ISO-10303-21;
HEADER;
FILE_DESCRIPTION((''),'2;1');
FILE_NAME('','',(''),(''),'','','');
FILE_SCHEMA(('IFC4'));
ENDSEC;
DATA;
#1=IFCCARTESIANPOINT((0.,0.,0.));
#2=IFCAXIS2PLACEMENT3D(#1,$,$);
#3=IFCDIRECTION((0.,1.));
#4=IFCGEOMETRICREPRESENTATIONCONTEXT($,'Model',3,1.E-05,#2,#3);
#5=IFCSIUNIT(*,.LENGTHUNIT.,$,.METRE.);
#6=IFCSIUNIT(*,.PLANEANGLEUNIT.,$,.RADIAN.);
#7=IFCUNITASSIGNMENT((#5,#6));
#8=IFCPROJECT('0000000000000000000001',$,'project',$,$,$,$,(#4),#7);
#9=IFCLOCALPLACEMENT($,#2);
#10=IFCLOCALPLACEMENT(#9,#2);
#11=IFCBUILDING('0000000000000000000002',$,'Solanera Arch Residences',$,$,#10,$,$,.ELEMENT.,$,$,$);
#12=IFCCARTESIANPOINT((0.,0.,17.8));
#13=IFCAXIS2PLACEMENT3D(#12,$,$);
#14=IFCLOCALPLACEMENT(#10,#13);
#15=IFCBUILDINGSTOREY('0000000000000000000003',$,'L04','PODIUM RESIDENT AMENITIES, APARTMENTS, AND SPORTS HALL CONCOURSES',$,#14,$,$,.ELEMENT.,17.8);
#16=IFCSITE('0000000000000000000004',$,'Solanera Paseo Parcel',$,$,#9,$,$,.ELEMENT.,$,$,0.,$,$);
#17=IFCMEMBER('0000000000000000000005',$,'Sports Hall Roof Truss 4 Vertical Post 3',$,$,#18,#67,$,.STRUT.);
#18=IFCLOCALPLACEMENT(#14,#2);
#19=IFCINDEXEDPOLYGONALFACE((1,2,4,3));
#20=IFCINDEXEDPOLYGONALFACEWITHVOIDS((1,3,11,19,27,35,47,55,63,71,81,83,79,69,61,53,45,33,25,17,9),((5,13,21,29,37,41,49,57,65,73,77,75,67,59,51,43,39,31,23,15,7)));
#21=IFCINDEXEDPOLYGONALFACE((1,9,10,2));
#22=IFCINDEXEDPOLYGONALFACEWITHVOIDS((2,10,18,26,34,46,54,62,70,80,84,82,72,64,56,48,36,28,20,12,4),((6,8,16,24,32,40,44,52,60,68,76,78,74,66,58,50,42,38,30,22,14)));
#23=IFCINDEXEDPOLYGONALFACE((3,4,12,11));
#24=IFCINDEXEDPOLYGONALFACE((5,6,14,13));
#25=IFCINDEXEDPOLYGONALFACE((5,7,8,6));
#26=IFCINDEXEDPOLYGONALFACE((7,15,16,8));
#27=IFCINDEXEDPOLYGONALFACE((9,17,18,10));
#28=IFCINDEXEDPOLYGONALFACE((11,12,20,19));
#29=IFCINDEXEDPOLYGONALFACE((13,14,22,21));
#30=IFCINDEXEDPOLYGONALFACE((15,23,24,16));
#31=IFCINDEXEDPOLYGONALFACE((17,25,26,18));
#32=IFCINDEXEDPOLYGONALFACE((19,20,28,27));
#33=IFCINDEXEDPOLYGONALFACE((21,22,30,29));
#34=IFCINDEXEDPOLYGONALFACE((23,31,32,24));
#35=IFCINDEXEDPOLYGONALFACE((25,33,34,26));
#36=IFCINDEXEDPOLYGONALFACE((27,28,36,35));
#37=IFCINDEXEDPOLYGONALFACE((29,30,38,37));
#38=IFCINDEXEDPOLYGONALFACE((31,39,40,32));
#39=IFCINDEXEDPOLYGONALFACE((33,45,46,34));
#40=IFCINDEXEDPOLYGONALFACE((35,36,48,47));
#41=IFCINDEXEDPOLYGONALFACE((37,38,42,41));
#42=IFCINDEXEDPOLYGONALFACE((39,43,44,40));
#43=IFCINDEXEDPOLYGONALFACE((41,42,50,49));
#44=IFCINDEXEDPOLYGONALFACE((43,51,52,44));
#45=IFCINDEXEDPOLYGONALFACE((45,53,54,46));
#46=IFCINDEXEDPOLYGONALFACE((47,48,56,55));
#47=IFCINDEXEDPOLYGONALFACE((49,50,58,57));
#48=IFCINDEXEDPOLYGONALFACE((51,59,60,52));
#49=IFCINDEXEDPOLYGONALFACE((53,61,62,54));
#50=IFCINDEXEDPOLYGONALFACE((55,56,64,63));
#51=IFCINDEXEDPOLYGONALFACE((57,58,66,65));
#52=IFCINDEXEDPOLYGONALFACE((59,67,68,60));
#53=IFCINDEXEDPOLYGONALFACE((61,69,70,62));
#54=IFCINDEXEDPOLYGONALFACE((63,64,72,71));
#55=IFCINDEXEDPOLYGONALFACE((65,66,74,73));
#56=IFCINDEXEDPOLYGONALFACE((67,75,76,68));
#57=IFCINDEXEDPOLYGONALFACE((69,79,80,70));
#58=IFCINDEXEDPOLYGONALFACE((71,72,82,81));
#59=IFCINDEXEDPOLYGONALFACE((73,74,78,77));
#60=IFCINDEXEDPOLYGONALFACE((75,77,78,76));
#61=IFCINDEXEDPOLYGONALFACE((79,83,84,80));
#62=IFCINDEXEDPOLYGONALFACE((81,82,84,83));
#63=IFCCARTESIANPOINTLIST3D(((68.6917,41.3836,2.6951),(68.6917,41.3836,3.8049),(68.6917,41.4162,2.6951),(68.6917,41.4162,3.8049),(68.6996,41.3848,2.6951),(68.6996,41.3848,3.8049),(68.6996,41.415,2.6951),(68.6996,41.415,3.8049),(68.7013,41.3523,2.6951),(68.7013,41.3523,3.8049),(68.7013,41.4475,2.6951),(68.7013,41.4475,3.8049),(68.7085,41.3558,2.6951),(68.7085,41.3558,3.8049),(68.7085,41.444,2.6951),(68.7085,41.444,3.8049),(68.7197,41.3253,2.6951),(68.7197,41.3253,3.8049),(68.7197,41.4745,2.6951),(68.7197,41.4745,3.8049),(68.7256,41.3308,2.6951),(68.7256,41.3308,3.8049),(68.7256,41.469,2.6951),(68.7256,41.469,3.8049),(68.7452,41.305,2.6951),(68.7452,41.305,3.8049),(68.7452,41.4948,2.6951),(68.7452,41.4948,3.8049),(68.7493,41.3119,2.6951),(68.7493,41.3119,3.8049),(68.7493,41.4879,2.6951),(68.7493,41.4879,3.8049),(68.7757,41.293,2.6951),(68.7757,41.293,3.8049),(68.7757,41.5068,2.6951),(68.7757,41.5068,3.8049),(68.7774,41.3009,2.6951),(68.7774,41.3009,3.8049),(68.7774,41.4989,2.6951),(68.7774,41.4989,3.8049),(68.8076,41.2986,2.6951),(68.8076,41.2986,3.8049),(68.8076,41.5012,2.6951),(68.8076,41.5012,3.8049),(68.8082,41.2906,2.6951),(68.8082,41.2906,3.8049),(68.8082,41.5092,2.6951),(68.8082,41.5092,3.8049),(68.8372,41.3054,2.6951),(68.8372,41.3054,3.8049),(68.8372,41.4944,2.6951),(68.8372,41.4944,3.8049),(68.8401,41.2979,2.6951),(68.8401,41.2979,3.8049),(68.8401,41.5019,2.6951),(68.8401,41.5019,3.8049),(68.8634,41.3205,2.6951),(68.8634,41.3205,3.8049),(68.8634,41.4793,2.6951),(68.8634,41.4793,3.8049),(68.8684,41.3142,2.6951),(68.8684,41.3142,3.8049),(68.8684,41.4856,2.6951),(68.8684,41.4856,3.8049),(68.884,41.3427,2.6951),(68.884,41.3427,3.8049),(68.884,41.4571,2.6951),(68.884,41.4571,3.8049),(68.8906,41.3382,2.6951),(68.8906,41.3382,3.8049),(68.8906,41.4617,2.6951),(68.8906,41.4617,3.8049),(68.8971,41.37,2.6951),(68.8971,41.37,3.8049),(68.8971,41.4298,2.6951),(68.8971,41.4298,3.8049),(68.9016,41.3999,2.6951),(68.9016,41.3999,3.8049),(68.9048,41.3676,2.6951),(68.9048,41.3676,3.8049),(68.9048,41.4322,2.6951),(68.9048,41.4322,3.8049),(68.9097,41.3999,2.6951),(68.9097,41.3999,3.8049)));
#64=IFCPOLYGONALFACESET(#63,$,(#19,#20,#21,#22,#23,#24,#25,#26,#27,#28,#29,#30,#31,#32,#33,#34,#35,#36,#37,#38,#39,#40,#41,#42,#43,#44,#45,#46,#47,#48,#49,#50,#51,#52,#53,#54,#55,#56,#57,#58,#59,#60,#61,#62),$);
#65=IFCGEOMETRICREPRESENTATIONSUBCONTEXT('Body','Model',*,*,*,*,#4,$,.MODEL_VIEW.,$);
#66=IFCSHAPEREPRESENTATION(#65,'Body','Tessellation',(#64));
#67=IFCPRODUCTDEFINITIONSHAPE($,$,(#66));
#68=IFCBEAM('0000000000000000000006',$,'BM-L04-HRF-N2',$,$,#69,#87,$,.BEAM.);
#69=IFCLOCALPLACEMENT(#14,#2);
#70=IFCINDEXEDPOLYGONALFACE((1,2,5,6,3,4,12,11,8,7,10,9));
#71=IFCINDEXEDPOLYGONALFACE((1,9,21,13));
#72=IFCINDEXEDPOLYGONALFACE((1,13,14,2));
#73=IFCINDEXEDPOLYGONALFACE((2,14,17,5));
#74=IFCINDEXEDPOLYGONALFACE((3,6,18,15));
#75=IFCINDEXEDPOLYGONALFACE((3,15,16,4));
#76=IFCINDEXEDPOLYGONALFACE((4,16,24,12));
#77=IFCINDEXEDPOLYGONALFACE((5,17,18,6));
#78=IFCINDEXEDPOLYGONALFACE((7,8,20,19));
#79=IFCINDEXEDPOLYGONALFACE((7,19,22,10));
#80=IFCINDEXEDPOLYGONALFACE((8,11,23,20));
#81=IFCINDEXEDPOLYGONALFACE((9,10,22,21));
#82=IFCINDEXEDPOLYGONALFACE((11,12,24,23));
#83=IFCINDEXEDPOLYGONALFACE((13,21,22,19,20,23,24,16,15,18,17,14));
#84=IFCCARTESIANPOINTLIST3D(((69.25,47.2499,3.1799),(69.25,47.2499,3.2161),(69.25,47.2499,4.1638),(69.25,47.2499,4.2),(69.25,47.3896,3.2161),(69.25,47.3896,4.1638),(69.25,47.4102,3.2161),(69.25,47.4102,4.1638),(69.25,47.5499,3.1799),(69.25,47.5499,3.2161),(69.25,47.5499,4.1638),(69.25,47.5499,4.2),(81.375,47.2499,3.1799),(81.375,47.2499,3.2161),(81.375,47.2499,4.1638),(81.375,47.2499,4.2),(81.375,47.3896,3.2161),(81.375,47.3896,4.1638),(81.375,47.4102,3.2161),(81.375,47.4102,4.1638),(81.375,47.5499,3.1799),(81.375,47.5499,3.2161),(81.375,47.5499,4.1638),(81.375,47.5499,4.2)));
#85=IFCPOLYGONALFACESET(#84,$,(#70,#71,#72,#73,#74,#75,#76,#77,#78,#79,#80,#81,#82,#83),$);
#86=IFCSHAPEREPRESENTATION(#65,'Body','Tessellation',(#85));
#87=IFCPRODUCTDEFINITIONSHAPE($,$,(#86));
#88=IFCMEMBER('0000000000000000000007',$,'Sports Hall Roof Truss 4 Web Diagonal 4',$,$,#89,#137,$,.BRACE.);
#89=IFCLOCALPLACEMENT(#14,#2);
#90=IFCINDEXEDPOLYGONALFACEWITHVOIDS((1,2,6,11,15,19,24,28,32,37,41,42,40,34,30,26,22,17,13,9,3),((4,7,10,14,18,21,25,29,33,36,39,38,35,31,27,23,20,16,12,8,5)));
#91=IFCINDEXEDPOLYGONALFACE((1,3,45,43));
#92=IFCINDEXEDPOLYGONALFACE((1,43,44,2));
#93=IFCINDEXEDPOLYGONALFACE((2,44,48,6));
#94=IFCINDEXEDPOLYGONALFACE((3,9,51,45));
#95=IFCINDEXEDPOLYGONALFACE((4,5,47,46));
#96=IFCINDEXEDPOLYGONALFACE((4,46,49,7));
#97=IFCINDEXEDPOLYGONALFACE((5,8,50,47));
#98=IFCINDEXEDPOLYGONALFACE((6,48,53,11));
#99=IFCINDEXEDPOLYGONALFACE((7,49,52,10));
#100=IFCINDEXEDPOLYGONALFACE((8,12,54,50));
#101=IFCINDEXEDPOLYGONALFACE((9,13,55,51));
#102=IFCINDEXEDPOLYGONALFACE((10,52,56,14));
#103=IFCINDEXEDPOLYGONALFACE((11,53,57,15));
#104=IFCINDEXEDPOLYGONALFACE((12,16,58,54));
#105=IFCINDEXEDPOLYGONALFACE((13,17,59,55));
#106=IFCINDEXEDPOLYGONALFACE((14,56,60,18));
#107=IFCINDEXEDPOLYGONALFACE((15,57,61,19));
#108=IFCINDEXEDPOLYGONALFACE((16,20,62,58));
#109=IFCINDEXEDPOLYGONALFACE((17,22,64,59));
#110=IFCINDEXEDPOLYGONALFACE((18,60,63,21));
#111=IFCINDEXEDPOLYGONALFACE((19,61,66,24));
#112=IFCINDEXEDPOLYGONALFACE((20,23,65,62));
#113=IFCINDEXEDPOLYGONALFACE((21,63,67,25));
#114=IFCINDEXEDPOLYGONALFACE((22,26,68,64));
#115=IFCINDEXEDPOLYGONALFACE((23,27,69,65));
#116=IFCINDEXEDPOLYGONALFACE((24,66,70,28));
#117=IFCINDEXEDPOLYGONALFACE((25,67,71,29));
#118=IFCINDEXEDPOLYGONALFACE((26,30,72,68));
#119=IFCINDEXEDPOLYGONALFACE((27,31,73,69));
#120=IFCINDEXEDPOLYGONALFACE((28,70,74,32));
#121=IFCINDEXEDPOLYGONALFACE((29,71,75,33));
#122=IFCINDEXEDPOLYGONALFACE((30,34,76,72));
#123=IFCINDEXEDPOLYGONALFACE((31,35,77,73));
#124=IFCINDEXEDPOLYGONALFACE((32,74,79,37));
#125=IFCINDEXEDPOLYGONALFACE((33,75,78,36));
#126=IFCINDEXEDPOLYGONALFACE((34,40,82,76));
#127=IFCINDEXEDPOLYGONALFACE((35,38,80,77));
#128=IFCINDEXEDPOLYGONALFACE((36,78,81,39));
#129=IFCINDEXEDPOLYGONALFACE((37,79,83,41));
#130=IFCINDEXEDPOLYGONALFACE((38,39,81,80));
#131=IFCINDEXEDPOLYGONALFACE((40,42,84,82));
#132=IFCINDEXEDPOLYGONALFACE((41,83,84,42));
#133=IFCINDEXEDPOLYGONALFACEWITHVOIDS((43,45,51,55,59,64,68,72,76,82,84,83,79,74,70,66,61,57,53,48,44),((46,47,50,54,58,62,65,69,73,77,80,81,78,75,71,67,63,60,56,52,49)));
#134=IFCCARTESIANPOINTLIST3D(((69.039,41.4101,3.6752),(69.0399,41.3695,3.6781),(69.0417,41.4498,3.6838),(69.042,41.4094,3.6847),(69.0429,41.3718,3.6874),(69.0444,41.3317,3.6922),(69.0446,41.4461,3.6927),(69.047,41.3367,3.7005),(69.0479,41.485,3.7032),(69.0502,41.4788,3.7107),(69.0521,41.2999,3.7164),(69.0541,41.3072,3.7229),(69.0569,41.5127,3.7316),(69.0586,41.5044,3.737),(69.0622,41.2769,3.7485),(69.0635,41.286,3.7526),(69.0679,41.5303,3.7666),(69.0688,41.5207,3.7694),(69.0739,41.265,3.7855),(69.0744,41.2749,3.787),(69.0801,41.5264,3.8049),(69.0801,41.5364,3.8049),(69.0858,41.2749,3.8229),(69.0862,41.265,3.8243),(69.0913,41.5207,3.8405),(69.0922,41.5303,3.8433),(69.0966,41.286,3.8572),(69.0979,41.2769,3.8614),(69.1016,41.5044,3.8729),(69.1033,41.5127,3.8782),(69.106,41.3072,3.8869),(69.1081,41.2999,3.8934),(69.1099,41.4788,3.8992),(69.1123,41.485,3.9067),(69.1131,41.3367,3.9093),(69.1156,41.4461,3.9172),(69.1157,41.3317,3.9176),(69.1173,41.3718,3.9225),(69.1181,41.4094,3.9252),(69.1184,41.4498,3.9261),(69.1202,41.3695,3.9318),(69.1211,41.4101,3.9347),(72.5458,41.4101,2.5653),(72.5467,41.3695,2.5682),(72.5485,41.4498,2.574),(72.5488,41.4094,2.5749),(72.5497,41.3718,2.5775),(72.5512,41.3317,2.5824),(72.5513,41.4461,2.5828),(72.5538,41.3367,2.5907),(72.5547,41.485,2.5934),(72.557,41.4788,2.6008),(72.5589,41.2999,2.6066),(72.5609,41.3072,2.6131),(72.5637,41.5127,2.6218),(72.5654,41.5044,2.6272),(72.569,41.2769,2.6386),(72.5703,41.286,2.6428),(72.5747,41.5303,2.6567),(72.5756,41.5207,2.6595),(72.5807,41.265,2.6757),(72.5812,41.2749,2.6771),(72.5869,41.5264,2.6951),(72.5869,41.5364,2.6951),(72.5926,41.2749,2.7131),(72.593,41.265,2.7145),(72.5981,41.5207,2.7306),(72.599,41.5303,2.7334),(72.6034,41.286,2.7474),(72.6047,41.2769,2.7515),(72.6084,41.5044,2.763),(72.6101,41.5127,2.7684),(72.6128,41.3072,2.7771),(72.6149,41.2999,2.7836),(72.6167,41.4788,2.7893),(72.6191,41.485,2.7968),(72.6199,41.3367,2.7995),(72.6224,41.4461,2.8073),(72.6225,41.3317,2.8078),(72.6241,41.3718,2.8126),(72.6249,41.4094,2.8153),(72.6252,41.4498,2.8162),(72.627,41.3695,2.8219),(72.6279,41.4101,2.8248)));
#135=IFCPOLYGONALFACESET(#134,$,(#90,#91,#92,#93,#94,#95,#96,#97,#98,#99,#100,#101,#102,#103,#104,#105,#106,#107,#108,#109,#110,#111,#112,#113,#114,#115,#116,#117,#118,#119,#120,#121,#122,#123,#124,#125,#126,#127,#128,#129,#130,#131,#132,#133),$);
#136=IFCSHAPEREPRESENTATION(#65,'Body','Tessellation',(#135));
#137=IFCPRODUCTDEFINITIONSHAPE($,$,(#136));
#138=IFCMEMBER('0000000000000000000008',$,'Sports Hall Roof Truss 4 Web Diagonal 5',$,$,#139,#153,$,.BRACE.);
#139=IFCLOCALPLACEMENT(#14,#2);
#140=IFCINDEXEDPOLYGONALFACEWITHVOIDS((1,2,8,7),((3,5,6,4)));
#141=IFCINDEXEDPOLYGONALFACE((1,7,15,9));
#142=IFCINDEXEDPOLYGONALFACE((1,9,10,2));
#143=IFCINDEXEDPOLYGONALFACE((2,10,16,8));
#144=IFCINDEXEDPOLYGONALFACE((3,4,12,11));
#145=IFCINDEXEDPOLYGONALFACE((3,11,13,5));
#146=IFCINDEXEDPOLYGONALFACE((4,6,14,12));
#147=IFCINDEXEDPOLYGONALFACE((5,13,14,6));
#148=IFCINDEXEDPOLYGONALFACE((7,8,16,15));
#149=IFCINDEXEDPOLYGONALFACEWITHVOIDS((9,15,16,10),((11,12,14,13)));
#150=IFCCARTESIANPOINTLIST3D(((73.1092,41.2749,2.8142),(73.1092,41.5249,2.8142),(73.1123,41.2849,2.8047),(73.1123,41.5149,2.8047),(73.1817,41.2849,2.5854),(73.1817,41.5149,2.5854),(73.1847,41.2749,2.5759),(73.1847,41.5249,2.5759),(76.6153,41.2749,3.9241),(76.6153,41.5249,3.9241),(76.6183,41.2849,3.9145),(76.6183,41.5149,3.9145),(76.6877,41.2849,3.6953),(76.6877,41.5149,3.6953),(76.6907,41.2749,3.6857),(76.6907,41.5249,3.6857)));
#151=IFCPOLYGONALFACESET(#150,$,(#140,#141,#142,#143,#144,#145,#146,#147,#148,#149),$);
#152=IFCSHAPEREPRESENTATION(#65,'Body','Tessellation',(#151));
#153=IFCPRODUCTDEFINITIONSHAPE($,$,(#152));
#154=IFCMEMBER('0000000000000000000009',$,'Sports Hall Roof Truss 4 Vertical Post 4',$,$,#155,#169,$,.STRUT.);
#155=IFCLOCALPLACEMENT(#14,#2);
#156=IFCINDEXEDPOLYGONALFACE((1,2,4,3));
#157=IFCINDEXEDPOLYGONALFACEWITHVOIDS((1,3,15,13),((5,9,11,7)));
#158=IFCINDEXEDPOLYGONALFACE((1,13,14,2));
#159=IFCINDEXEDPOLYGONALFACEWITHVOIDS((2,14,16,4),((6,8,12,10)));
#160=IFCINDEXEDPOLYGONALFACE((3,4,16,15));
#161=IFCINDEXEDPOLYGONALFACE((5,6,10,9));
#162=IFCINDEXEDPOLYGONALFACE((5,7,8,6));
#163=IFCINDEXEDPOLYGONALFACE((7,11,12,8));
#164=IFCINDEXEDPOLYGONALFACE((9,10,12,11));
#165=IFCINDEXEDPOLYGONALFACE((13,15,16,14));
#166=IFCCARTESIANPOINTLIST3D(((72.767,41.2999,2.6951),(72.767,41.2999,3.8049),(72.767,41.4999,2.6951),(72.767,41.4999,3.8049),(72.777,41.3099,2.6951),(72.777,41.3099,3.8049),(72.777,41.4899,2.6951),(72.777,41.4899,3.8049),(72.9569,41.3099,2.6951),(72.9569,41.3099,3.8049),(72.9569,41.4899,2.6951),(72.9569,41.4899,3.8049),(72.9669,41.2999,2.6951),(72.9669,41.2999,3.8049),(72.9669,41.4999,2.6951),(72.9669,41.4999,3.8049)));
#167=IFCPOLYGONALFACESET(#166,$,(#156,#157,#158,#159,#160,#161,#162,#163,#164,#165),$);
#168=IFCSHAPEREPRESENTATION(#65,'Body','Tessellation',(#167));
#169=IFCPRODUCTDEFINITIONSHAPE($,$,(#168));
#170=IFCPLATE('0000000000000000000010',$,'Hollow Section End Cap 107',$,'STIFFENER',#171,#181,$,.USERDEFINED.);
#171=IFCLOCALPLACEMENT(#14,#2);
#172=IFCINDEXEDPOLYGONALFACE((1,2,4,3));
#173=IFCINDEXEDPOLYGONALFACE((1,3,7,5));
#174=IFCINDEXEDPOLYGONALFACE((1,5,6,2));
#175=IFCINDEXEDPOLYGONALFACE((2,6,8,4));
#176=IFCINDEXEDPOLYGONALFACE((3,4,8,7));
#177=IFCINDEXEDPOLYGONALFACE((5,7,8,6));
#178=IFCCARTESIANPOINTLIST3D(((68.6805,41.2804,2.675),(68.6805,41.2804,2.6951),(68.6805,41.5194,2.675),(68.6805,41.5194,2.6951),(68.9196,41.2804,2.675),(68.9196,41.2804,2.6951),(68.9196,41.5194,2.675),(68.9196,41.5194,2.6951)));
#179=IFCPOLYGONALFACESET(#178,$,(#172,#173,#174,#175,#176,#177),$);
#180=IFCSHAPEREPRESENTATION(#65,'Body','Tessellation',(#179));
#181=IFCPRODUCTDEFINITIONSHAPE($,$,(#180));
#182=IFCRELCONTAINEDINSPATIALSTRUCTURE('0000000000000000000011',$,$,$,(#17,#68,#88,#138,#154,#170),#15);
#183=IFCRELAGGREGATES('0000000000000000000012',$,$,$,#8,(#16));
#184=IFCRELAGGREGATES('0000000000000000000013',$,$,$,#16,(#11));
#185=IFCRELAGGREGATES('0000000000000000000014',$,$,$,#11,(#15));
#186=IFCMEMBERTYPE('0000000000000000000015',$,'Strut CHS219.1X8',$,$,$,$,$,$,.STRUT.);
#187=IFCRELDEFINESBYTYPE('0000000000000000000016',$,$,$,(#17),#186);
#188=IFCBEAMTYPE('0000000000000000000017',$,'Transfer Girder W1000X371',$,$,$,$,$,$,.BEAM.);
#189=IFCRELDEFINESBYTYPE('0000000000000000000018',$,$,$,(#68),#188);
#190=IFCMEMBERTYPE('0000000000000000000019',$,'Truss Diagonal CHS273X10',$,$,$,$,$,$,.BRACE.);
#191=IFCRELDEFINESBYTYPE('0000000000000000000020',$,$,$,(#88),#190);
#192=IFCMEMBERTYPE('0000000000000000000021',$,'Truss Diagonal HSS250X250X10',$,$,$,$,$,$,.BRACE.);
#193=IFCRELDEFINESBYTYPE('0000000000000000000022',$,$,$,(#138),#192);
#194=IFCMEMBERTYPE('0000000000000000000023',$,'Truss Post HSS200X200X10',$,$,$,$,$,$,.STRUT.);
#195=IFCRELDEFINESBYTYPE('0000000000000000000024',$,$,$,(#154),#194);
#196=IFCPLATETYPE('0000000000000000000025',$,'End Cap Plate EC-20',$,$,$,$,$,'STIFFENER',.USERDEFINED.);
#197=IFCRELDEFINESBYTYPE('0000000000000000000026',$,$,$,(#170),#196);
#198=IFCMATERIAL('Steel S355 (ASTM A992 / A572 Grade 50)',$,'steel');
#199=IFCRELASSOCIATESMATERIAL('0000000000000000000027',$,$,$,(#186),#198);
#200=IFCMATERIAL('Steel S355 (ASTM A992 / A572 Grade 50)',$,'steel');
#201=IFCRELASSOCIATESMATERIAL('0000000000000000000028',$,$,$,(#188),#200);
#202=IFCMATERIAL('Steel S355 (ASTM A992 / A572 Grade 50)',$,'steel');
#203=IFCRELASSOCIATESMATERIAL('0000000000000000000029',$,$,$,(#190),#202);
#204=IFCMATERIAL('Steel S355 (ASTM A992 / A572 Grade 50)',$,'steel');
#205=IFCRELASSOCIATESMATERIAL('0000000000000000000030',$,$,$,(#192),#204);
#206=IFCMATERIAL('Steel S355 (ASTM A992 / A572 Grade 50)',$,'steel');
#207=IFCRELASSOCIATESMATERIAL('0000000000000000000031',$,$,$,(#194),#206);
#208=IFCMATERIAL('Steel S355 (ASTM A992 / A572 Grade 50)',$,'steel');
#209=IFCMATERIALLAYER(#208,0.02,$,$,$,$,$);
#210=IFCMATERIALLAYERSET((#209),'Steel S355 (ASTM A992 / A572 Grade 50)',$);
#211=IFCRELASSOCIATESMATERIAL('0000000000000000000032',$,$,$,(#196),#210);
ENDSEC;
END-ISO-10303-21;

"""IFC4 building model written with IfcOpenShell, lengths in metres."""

from ifc_helpers import new_model, si_unit, direction, frame, origin, origin_2d, place, context, subcontext, project, spatial, rectangle, hollow_rectangle, hollow_circle, i_section, extrude, material, layer, layer_set, material_profile, profile_set, type_object, element, save


model = new_model("IFC4")

# Units and contexts
model_context = context("Model", 3, precision=1e-05, world=origin(), true_north=direction((0.0, 1.0)))
body_context = subcontext(model_context, "Body", "Model", "MODEL_VIEW")
ifc_project = project(units=[si_unit("LENGTHUNIT", "METRE"), si_unit("PLANEANGLEUNIT", "RADIAN")], contexts=[model_context])

# Site, building, storey
site_placement = place(None, origin())
site = spatial("IfcSite", under=ifc_project, at=site_placement, Name="Solanera Paseo Parcel", CompositionType="ELEMENT", RefElevation=0.0)
building_placement = place(site_placement, origin())
building = spatial("IfcBuilding", under=site, at=building_placement, Name="Solanera Arch Residences", CompositionType="ELEMENT")
storey_placement = place(building_placement, frame((0.0, 0.0, 17.8)))
storey = spatial("IfcBuildingStorey", under=building, at=storey_placement, Name="L04", Description="PODIUM RESIDENT AMENITIES, APARTMENTS, AND SPORTS HALL CONCOURSES", CompositionType="ELEMENT", Elevation=17.8)

# Member
ifc_material_1 = material(Name="Steel S355 (ASTM A992 / A572 Grade 50)", Category="steel")
ifc_material_profile_1 = material_profile(ifc_material_1, hollow_circle(Radius=0.1096, WallThickness=0.0081, at=origin_2d()))
ifc_profile_set_1 = profile_set([ifc_material_profile_1], Name="Steel S355 (ASTM A992 / A572 Grade 50)")
member_type_1 = type_object("IfcMemberType", Name="Strut CHS219.1X8", PredefinedType="STRUT", material=ifc_profile_set_1)
member_1_placement = place(storey_placement, frame((68.8, 41.3999, 2.6951), z_axis=(0.0, 0.0, 1.0), x_axis=(1.0, 0.0, 0.0)))
element("IfcMember", 1, at=member_1_placement, inside=storey, type_object=member_type_1, Name="Sports Hall Roof Truss 4 Vertical Post 3", PredefinedType="STRUT", context=body_context, shape_type="SweptSolid", body=[
    extrude(hollow_circle(Radius=0.1096, WallThickness=0.0081, at=origin_2d()), origin(), (0.0, 0.0, 1.0), 1.1099),
])

# Beam
ifc_material_2 = material(Name="Steel S355 (ASTM A992 / A572 Grade 50)", Category="steel")
ifc_material_profile_2 = material_profile(ifc_material_2, i_section(OverallWidth=0.3, OverallDepth=1.02, WebThickness=0.0205, FlangeThickness=0.0361, at=origin_2d()))
ifc_profile_set_2 = profile_set([ifc_material_profile_2], Name="Steel S355 (ASTM A992 / A572 Grade 50)")
beam_type_1 = type_object("IfcBeamType", Name="Transfer Girder W1000X371", PredefinedType="BEAM", material=ifc_profile_set_2)
beam_1_placement = place(storey_placement, frame((69.25, 47.3999, 3.6899), z_axis=(1.0, 0.0, 0.0), x_axis=(0.0, 1.0, 0.0)))
element("IfcBeam", 2, at=beam_1_placement, inside=storey, type_object=beam_type_1, Name="BM-L04-HRF-N2", PredefinedType="BEAM", context=body_context, shape_type="SweptSolid", body=[
    extrude(i_section(OverallWidth=0.3, OverallDepth=1.02, WebThickness=0.0205, FlangeThickness=0.0361, at=origin_2d()), origin(), (0.0, 0.0, 1.0), 12.125),
])

# Members
ifc_material_3 = material(Name="Steel S355 (ASTM A992 / A572 Grade 50)", Category="steel")
ifc_material_profile_3 = material_profile(ifc_material_3, hollow_circle(Radius=0.1365, WallThickness=0.01, at=origin_2d()))
ifc_profile_set_3 = profile_set([ifc_material_profile_3], Name="Steel S355 (ASTM A992 / A572 Grade 50)")
member_type_2 = type_object("IfcMemberType", Name="Truss Diagonal CHS273X10", PredefinedType="BRACE", material=ifc_profile_set_3)
member_2_placement = place(storey_placement, frame((69.0801, 41.3999, 3.8049), z_axis=(0.953392, 0.0, -0.301735), x_axis=(0.0, 1.0, 0.0)))
element("IfcMember", 3, at=member_2_placement, inside=storey, type_object=member_type_2, Name="Sports Hall Roof Truss 4 Web Diagonal 4", PredefinedType="BRACE", context=body_context, shape_type="SweptSolid", body=[
    extrude(hollow_circle(Radius=0.1365, WallThickness=0.01, at=origin_2d()), origin(), (0.0, 0.0, 1.0), 3.6782),
])
ifc_material_4 = material(Name="Steel S355 (ASTM A992 / A572 Grade 50)", Category="steel")
ifc_material_profile_4 = material_profile(ifc_material_4, hollow_rectangle(XDim=0.25, YDim=0.25, WallThickness=0.01, at=origin_2d()))
ifc_profile_set_4 = profile_set([ifc_material_profile_4], Name="Steel S355 (ASTM A992 / A572 Grade 50)")
member_type_3 = type_object("IfcMemberType", Name="Truss Diagonal HSS250X250X10", PredefinedType="BRACE", material=ifc_profile_set_4)
member_3_placement = place(storey_placement, frame((73.147, 41.3999, 2.6951), z_axis=(0.953374, 0.0, 0.301792), x_axis=(0.0, 1.0, 0.0)))
element("IfcMember", 4, at=member_3_placement, inside=storey, type_object=member_type_3, Name="Sports Hall Roof Truss 4 Web Diagonal 5", PredefinedType="BRACE", context=body_context, shape_type="SweptSolid", body=[
    extrude(hollow_rectangle(XDim=0.25, YDim=0.25, WallThickness=0.01, at=origin_2d()), origin(), (0.0, 0.0, 1.0), 3.6775),
])
ifc_material_5 = material(Name="Steel S355 (ASTM A992 / A572 Grade 50)", Category="steel")
ifc_material_profile_5 = material_profile(ifc_material_5, hollow_rectangle(XDim=0.2, YDim=0.2, WallThickness=0.01, at=origin_2d()))
ifc_profile_set_5 = profile_set([ifc_material_profile_5], Name="Steel S355 (ASTM A992 / A572 Grade 50)")
member_type_4 = type_object("IfcMemberType", Name="Truss Post HSS200X200X10", PredefinedType="STRUT", material=ifc_profile_set_5)
member_4_placement = place(storey_placement, frame((72.8669, 41.3999, 2.6951), z_axis=(0.0, 0.0, 1.0), x_axis=(1.0, 0.0, 0.0)))
element("IfcMember", 5, at=member_4_placement, inside=storey, type_object=member_type_4, Name="Sports Hall Roof Truss 4 Vertical Post 4", PredefinedType="STRUT", context=body_context, shape_type="SweptSolid", body=[
    extrude(hollow_rectangle(XDim=0.2, YDim=0.2, WallThickness=0.01, at=origin_2d()), origin(), (0.0, 0.0, 1.0), 1.1099),
])

# Plate
ifc_material_6 = material(Name="Steel S355 (ASTM A992 / A572 Grade 50)", Category="steel")
ifc_layer_1 = layer(ifc_material_6, 0.02)
ifc_layer_set_1 = layer_set([ifc_layer_1], Name="Steel S355 (ASTM A992 / A572 Grade 50)")
plate_type_1 = type_object("IfcPlateType", Name="End Cap Plate EC-20", ElementType="STIFFENER", PredefinedType="USERDEFINED", material=ifc_layer_set_1)
for number, where, z_axis, x_axis, name in (
    (6, (68.8, 41.3999, 2.675), (0.0, 0.0, 1.0), (1.0, 0.0, 0.0), "Hollow Section End Cap 107"),
):
    element("IfcPlate", number, at=place(storey_placement, frame(where, z_axis=z_axis, x_axis=x_axis)), inside=storey, type_object=plate_type_1, Name=name, ObjectType="STIFFENER", PredefinedType="USERDEFINED", context=body_context, shape_type="SweptSolid", body=[
        extrude(rectangle(XDim=0.239, YDim=0.239, at=origin_2d()), origin(), (0.0, 0.0, 1.0), 0.02),
    ])

save(model, "model.ifc")
